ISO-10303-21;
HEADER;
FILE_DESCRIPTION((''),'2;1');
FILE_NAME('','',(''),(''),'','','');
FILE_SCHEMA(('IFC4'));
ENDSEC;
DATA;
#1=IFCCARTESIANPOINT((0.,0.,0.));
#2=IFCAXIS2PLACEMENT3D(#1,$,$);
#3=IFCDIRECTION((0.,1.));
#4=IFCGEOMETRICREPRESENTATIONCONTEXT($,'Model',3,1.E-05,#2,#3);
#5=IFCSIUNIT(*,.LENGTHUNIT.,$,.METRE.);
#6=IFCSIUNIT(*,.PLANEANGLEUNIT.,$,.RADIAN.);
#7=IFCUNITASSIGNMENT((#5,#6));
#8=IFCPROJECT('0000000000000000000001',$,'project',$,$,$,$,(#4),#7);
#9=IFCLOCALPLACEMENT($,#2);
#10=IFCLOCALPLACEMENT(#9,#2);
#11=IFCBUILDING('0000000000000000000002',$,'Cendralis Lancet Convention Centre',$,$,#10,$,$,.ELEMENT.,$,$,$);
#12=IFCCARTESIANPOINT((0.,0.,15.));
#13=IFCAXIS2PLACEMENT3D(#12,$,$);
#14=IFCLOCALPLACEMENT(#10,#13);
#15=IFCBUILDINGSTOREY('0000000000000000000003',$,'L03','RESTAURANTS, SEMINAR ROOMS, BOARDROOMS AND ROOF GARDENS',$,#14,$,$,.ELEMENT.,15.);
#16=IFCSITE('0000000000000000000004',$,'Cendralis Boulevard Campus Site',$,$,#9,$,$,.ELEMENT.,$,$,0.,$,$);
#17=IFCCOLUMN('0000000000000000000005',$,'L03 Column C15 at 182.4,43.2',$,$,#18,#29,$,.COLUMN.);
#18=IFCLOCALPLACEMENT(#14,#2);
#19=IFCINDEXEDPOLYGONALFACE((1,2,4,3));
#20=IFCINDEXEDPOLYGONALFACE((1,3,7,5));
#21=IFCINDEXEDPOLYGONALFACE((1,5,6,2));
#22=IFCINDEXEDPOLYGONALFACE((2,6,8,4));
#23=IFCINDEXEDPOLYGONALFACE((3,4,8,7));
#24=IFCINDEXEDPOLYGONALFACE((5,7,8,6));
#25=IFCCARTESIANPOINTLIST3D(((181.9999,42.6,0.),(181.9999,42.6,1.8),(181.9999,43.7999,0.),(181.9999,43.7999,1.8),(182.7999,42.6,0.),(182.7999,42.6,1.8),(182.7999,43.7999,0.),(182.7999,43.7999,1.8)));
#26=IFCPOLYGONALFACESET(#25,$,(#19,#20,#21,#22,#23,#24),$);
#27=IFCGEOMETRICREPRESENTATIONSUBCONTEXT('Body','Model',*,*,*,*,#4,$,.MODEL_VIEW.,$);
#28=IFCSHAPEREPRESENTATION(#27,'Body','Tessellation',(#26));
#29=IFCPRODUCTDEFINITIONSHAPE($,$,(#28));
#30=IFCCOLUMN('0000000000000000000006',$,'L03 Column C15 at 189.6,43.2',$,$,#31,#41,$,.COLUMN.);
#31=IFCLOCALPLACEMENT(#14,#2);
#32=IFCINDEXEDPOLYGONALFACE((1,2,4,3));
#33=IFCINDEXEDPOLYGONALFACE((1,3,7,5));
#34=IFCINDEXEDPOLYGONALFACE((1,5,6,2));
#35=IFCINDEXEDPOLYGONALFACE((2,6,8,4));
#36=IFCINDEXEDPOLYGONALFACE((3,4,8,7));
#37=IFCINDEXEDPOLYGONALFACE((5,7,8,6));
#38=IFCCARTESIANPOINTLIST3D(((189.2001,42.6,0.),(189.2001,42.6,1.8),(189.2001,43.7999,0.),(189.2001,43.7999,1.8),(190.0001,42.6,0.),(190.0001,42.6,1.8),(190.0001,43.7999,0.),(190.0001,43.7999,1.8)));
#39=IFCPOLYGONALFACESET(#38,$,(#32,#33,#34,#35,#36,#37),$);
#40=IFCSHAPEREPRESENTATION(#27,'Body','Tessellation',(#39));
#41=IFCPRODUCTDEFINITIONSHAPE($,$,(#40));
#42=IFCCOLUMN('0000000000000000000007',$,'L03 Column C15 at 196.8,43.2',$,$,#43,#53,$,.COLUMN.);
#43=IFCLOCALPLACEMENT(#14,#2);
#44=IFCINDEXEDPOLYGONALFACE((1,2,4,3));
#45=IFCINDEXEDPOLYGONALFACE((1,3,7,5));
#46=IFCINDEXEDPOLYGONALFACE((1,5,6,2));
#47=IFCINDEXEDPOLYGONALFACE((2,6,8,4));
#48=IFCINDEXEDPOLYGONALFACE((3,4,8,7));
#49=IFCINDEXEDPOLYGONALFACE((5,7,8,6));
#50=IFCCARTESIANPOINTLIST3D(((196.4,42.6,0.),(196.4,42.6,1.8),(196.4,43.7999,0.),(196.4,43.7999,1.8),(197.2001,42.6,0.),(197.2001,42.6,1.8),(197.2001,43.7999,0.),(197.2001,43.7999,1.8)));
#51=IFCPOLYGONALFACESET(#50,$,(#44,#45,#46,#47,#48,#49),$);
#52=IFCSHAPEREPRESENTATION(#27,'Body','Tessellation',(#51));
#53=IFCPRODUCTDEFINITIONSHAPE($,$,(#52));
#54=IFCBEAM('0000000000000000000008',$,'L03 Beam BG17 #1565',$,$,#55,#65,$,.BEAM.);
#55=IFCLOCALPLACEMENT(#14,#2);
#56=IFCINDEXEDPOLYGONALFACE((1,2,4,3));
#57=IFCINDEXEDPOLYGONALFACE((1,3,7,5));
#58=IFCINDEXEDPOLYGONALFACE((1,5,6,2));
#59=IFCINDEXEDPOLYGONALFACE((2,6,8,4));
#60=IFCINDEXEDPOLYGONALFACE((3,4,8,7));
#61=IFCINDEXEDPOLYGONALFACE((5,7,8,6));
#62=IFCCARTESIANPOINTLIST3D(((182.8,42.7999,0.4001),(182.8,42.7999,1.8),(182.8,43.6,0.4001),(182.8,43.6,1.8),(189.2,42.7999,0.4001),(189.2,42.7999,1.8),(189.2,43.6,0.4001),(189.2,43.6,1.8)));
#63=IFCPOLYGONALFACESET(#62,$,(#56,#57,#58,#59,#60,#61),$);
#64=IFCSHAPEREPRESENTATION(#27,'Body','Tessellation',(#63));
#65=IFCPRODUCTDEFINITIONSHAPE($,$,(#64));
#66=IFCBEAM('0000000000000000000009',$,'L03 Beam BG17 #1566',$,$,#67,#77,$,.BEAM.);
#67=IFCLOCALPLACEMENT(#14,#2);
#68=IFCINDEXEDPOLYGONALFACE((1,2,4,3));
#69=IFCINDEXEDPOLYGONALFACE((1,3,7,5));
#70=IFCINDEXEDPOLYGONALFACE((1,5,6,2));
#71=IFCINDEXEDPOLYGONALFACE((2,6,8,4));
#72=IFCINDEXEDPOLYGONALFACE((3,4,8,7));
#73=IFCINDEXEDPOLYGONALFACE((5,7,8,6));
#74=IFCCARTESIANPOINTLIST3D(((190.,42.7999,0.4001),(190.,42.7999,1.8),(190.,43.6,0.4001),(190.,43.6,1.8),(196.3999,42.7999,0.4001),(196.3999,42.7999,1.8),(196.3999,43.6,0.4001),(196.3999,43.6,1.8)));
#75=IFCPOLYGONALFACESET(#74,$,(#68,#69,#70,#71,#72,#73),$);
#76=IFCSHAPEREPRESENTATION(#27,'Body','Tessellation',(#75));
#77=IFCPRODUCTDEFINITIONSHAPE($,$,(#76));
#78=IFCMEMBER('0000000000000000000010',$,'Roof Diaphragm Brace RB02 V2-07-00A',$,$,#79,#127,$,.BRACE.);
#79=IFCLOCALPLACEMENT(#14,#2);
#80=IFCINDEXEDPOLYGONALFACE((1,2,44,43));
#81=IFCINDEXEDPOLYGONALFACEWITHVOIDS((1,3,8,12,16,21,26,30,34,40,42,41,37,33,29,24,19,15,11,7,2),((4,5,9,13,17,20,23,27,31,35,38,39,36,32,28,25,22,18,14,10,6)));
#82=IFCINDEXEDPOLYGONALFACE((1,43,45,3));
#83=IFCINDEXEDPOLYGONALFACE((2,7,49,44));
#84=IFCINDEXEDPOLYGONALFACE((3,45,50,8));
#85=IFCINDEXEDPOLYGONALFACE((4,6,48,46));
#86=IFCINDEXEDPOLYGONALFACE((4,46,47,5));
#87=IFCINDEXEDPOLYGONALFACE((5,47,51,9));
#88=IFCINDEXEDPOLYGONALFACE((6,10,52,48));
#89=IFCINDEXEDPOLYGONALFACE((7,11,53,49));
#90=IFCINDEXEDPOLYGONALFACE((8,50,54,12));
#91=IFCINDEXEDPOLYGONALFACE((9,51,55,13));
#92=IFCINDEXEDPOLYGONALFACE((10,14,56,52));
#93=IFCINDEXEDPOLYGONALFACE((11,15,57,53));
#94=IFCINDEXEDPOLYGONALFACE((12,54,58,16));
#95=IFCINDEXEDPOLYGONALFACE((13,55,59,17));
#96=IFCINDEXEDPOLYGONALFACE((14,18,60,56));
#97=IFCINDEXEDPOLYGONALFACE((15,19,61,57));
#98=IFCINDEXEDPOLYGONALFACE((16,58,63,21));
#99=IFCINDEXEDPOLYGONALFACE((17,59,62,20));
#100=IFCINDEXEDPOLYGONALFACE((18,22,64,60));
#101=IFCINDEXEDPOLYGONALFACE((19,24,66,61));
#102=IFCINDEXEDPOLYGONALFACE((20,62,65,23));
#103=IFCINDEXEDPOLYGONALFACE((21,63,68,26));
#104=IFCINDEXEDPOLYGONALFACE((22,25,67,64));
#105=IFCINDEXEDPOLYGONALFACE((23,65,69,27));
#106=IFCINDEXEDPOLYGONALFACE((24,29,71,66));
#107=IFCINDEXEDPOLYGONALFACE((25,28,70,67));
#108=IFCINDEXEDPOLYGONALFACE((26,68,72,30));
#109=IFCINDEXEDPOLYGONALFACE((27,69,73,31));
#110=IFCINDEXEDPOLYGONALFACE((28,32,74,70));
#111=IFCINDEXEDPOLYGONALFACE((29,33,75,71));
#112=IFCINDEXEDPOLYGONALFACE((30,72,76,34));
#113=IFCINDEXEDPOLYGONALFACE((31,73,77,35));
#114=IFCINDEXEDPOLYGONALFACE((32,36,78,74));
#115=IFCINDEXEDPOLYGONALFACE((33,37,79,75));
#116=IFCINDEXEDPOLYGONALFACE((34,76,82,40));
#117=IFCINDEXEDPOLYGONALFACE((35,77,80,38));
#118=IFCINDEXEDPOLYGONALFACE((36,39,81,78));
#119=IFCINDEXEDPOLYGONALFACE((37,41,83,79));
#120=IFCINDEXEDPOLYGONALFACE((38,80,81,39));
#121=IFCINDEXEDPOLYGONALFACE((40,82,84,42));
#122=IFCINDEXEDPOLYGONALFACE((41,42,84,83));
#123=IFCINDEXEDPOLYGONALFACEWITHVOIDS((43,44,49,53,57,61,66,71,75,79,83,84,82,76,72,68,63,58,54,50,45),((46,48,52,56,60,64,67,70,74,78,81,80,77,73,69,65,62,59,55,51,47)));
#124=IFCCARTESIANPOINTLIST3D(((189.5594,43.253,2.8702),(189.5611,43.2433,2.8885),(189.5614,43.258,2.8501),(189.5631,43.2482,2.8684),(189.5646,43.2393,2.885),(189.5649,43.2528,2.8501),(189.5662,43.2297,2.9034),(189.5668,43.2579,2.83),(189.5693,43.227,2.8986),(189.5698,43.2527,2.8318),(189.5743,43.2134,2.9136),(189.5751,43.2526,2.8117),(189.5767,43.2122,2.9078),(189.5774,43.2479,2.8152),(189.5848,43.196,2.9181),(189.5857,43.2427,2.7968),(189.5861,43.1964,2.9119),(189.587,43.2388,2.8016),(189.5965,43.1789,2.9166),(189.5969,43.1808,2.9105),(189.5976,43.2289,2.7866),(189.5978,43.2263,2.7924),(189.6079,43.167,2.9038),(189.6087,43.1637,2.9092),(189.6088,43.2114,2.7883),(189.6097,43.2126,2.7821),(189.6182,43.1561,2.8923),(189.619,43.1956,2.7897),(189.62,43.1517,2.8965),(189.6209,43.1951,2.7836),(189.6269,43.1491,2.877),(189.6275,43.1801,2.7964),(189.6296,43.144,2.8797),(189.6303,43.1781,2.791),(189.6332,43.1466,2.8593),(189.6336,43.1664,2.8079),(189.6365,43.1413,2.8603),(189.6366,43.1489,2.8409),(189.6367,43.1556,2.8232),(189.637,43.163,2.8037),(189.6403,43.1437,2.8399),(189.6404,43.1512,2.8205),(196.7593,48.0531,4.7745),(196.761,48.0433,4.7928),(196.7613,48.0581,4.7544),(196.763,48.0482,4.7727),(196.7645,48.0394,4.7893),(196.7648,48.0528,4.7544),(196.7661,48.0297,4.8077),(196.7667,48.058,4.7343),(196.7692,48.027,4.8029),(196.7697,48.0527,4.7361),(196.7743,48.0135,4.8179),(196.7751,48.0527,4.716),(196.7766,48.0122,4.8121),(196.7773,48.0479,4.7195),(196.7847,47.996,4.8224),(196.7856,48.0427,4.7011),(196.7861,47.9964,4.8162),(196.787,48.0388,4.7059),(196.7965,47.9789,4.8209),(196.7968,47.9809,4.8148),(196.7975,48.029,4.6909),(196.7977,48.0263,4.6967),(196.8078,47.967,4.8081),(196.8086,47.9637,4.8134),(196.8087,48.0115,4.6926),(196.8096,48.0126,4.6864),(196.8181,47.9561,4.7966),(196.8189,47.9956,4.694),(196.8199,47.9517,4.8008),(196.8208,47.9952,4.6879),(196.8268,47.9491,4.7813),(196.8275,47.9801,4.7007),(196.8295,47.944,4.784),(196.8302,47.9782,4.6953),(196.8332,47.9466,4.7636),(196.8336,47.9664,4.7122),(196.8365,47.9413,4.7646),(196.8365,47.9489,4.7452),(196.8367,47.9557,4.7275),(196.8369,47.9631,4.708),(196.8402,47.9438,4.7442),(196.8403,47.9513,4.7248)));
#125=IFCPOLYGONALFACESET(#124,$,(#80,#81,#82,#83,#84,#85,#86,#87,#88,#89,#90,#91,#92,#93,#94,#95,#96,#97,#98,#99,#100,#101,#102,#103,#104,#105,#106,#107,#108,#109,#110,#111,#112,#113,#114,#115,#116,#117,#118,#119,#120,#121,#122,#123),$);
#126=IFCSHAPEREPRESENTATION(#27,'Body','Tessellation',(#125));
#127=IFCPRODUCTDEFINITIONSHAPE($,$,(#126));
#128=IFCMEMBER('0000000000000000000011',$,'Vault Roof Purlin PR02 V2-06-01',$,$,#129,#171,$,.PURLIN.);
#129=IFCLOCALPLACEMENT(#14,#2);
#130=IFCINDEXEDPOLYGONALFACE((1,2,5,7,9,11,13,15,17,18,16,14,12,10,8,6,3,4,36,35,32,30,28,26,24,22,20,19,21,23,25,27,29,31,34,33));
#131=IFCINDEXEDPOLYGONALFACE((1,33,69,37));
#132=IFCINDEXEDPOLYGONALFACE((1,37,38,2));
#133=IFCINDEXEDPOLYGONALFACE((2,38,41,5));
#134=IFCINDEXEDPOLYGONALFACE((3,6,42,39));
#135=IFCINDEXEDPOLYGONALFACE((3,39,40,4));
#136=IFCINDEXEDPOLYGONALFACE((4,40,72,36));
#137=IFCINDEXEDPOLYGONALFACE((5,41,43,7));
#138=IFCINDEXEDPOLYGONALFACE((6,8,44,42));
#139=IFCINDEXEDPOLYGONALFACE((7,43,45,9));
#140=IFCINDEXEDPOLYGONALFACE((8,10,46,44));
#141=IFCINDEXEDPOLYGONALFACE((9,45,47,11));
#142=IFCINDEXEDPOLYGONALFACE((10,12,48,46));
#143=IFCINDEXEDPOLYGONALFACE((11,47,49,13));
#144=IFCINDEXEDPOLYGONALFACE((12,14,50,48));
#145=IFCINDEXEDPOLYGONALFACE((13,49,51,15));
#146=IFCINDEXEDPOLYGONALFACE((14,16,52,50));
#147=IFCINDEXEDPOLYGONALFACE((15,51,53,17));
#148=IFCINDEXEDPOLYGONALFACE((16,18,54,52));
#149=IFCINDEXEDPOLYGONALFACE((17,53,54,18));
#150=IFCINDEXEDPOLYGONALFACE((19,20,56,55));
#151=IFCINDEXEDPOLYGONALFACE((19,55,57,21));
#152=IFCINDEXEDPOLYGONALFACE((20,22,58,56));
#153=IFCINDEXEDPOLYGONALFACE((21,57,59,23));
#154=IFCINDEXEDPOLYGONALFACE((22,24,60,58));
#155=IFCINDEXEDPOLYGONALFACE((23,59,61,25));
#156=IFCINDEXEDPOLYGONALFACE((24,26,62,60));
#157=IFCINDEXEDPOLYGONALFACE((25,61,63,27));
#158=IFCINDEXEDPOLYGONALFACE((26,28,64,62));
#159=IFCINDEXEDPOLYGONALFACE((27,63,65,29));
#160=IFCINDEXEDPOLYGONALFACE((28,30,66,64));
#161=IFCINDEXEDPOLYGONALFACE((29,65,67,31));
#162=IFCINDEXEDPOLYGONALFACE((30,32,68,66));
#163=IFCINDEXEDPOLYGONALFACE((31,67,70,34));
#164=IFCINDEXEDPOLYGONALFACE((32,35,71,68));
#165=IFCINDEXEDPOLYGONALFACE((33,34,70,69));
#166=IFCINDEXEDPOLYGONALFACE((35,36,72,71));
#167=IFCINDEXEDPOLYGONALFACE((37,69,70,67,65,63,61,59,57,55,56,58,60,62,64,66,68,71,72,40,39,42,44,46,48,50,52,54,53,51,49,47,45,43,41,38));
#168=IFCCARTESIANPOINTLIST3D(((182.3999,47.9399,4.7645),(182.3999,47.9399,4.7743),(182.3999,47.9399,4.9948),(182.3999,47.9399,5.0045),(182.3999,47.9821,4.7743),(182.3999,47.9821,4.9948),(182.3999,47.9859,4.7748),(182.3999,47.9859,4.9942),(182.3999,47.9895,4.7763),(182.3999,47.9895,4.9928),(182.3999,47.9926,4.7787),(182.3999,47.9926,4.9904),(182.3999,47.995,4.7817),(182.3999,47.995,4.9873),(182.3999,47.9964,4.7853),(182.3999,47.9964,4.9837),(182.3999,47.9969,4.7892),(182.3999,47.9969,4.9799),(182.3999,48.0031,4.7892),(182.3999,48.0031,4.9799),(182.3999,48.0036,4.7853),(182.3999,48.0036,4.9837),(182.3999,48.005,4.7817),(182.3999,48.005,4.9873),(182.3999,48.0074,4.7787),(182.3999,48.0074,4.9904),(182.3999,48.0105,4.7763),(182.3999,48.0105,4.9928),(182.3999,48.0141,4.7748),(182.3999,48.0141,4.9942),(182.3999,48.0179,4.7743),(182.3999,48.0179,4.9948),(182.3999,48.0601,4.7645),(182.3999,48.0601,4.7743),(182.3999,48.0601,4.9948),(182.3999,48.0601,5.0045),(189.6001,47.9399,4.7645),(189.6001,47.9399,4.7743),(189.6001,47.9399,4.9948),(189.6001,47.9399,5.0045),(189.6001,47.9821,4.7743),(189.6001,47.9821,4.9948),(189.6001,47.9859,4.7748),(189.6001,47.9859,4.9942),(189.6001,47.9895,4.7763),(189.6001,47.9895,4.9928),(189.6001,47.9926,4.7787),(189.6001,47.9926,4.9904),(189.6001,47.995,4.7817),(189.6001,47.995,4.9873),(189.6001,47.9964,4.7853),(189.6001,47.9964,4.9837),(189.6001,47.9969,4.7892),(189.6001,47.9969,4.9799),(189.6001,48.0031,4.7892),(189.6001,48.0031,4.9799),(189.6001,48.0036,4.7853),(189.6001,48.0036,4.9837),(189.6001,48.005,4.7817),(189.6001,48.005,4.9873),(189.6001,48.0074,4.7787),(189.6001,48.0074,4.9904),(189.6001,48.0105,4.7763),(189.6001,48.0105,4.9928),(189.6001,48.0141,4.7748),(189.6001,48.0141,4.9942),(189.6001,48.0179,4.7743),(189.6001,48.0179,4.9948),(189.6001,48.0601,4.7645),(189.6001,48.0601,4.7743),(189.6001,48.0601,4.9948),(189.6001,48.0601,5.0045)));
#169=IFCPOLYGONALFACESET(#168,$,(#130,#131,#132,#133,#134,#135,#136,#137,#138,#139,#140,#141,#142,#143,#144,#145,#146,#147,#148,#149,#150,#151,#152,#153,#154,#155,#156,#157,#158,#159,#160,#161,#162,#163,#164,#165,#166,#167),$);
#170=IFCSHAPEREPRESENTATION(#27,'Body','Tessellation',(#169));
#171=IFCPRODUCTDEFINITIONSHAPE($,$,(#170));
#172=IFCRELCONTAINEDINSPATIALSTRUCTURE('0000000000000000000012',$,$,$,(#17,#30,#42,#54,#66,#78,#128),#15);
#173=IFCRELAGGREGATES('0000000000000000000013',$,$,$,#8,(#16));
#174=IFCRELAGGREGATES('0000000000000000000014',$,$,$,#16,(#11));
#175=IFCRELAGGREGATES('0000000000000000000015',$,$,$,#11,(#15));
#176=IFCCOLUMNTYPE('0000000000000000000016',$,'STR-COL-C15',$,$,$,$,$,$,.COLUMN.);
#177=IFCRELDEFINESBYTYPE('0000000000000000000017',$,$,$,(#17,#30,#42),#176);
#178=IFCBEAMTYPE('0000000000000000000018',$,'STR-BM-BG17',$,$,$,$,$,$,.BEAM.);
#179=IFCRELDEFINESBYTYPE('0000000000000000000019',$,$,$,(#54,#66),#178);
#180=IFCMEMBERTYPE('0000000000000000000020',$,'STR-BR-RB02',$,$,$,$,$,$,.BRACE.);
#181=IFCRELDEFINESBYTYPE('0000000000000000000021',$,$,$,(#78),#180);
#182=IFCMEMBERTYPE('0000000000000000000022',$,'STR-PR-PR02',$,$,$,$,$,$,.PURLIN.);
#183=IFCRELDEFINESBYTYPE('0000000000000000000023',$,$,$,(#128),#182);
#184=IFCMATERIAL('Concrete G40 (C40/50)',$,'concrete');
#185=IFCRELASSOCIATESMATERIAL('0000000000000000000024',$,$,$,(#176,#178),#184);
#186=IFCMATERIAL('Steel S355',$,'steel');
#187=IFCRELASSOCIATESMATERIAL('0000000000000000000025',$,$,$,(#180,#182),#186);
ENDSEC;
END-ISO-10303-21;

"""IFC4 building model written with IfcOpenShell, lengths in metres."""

from ifc_helpers import new_model, si_unit, direction, frame, origin, origin_2d, place, context, subcontext, project, spatial, rectangle, hollow_circle, i_section, extrude, material, material_profile, profile_set, type_object, element, save


model = new_model("IFC4")

# Units and contexts
model_context = context("Model", 3, precision=1e-05, world=origin(), true_north=direction((0.0, 1.0)))
body_context = subcontext(model_context, "Body", "Model", "MODEL_VIEW")
ifc_project = project(units=[si_unit("LENGTHUNIT", "METRE"), si_unit("PLANEANGLEUNIT", "RADIAN")], contexts=[model_context])

# Site, building, storey
site_placement = place(None, origin())
site = spatial("IfcSite", under=ifc_project, at=site_placement, Name="Cendralis Boulevard Campus Site", CompositionType="ELEMENT", RefElevation=0.0)
building_placement = place(site_placement, origin())
building = spatial("IfcBuilding", under=site, at=building_placement, Name="Cendralis Lancet Convention Centre", CompositionType="ELEMENT")
storey_placement = place(building_placement, frame((0.0, 0.0, 15.0)))
storey = spatial("IfcBuildingStorey", under=building, at=storey_placement, Name="L03", Description="RESTAURANTS, SEMINAR ROOMS, BOARDROOMS AND ROOF GARDENS", CompositionType="ELEMENT", Elevation=15.0)

# Columns
ifc_material_1 = material(Name="Concrete G40 (C40/50)", Category="concrete")
ifc_material_profile_1 = material_profile(ifc_material_1, rectangle(XDim=0.8, YDim=1.2, at=origin_2d()), Name="RC 800x1200")
ifc_profile_set_1 = profile_set([ifc_material_profile_1], Name="Concrete G40 (C40/50)")
column_type = type_object("IfcColumnType", Name="STR-COL-C15", PredefinedType="COLUMN", material=ifc_profile_set_1)
for number, where, z_axis, x_axis, name in (
    (1, (182.3999, 43.2, 0.0), (0.0, 0.0, 1.0), (1.0, 0.0, 0.0), "L03 Column C15 at 182.4,43.2"),
    (2, (189.6001, 43.2, 0.0), (0.0, 0.0, 1.0), (1.0, 0.0, 0.0), "L03 Column C15 at 189.6,43.2"),
    (3, (196.8, 43.2, 0.0), (0.0, 0.0, 1.0), (1.0, 0.0, 0.0), "L03 Column C15 at 196.8,43.2"),
):
    element("IfcColumn", number, at=place(storey_placement, frame(where, z_axis=z_axis, x_axis=x_axis)), inside=storey, type_object=column_type, Name=name, PredefinedType="COLUMN", context=body_context, shape_type="SweptSolid", body=[
        extrude(rectangle(XDim=0.8, YDim=1.2, at=origin_2d()), origin(), (0.0, 0.0, 1.0), 1.8),
    ])

# Beams
ifc_material_profile_2 = material_profile(ifc_material_1, rectangle(XDim=0.8, YDim=1.3999, at=origin_2d()), Name="RCB 800x1400")
ifc_profile_set_2 = profile_set([ifc_material_profile_2], Name="Concrete G40 (C40/50)")
beam_type_1 = type_object("IfcBeamType", Name="STR-BM-BG17", PredefinedType="BEAM", material=ifc_profile_set_2)
for number, where, z_axis, x_axis, name in (
    (4, (182.8, 43.2, 1.1001), (1.0, 0.0, 0.0), (0.0, 1.0, 0.0), "L03 Beam BG17 #1565"),
    (5, (190.0, 43.2, 1.1001), (1.0, 0.0, 0.0), (0.0, 1.0, 0.0), "L03 Beam BG17 #1566"),
):
    element("IfcBeam", number, at=place(storey_placement, frame(where, z_axis=z_axis, x_axis=x_axis)), inside=storey, type_object=beam_type_1, Name=name, PredefinedType="BEAM", context=body_context, shape_type="SweptSolid", body=[
        extrude(rectangle(XDim=0.8, YDim=1.3999, at=origin_2d()), origin(), (0.0, 0.0, 1.0), 6.3999),
    ])

# Members
ifc_material_2 = material(Name="Steel S355", Category="steel")
ifc_material_profile_3 = material_profile(ifc_material_2, hollow_circle(Radius=0.0698, WallThickness=0.0063, at=origin_2d()), Name="CHS 139.7x6.3")
ifc_profile_set_3 = profile_set([ifc_material_profile_3], Name="Steel S355")
member_type_1 = type_object("IfcMemberType", Name="STR-BR-RB02", PredefinedType="BRACE", material=ifc_profile_set_3)
member_1_placement = place(storey_placement, frame((189.6001, 43.2, 2.8501), z_axis=(0.812602, 0.541744, 0.214923), x_axis=(-0.554707, 0.832046, 0.0)))
element("IfcMember", 6, at=member_1_placement, inside=storey, type_object=member_type_1, Name="Roof Diaphragm Brace RB02 V2-07-00A", PredefinedType="BRACE", context=body_context, shape_type="SweptSolid", body=[
    extrude(hollow_circle(Radius=0.0698, WallThickness=0.0063, at=origin_2d()), origin(), (0.0, 0.0, 1.0), 8.8604),
])
ifc_material_profile_4 = material_profile(ifc_material_2, i_section(OverallWidth=0.1201, OverallDepth=0.24, WebThickness=0.0061, FlangeThickness=0.0098, FilletRadius=0.0149, at=origin_2d()), Name="IPE 240")
ifc_profile_set_4 = profile_set([ifc_material_profile_4], Name="Steel S355")
member_type_2 = type_object("IfcMemberType", Name="STR-PR-PR02", PredefinedType="PURLIN", material=ifc_profile_set_4)
member_2_placement = place(storey_placement, frame((182.3999, 48.0, 4.8845), z_axis=(1.0, 0.0, 0.0), x_axis=(0.0, 1.0, 0.0)))
element("IfcMember", 7, at=member_2_placement, inside=storey, type_object=member_type_2, Name="Vault Roof Purlin PR02 V2-06-01", PredefinedType="PURLIN", context=body_context, shape_type="SweptSolid", body=[
    extrude(i_section(OverallWidth=0.1201, OverallDepth=0.24, WebThickness=0.0061, FlangeThickness=0.0098, FilletRadius=0.0149, at=origin_2d()), origin(), (0.0, 0.0, 1.0), 7.2002),
])

save(model, "model.ifc")
